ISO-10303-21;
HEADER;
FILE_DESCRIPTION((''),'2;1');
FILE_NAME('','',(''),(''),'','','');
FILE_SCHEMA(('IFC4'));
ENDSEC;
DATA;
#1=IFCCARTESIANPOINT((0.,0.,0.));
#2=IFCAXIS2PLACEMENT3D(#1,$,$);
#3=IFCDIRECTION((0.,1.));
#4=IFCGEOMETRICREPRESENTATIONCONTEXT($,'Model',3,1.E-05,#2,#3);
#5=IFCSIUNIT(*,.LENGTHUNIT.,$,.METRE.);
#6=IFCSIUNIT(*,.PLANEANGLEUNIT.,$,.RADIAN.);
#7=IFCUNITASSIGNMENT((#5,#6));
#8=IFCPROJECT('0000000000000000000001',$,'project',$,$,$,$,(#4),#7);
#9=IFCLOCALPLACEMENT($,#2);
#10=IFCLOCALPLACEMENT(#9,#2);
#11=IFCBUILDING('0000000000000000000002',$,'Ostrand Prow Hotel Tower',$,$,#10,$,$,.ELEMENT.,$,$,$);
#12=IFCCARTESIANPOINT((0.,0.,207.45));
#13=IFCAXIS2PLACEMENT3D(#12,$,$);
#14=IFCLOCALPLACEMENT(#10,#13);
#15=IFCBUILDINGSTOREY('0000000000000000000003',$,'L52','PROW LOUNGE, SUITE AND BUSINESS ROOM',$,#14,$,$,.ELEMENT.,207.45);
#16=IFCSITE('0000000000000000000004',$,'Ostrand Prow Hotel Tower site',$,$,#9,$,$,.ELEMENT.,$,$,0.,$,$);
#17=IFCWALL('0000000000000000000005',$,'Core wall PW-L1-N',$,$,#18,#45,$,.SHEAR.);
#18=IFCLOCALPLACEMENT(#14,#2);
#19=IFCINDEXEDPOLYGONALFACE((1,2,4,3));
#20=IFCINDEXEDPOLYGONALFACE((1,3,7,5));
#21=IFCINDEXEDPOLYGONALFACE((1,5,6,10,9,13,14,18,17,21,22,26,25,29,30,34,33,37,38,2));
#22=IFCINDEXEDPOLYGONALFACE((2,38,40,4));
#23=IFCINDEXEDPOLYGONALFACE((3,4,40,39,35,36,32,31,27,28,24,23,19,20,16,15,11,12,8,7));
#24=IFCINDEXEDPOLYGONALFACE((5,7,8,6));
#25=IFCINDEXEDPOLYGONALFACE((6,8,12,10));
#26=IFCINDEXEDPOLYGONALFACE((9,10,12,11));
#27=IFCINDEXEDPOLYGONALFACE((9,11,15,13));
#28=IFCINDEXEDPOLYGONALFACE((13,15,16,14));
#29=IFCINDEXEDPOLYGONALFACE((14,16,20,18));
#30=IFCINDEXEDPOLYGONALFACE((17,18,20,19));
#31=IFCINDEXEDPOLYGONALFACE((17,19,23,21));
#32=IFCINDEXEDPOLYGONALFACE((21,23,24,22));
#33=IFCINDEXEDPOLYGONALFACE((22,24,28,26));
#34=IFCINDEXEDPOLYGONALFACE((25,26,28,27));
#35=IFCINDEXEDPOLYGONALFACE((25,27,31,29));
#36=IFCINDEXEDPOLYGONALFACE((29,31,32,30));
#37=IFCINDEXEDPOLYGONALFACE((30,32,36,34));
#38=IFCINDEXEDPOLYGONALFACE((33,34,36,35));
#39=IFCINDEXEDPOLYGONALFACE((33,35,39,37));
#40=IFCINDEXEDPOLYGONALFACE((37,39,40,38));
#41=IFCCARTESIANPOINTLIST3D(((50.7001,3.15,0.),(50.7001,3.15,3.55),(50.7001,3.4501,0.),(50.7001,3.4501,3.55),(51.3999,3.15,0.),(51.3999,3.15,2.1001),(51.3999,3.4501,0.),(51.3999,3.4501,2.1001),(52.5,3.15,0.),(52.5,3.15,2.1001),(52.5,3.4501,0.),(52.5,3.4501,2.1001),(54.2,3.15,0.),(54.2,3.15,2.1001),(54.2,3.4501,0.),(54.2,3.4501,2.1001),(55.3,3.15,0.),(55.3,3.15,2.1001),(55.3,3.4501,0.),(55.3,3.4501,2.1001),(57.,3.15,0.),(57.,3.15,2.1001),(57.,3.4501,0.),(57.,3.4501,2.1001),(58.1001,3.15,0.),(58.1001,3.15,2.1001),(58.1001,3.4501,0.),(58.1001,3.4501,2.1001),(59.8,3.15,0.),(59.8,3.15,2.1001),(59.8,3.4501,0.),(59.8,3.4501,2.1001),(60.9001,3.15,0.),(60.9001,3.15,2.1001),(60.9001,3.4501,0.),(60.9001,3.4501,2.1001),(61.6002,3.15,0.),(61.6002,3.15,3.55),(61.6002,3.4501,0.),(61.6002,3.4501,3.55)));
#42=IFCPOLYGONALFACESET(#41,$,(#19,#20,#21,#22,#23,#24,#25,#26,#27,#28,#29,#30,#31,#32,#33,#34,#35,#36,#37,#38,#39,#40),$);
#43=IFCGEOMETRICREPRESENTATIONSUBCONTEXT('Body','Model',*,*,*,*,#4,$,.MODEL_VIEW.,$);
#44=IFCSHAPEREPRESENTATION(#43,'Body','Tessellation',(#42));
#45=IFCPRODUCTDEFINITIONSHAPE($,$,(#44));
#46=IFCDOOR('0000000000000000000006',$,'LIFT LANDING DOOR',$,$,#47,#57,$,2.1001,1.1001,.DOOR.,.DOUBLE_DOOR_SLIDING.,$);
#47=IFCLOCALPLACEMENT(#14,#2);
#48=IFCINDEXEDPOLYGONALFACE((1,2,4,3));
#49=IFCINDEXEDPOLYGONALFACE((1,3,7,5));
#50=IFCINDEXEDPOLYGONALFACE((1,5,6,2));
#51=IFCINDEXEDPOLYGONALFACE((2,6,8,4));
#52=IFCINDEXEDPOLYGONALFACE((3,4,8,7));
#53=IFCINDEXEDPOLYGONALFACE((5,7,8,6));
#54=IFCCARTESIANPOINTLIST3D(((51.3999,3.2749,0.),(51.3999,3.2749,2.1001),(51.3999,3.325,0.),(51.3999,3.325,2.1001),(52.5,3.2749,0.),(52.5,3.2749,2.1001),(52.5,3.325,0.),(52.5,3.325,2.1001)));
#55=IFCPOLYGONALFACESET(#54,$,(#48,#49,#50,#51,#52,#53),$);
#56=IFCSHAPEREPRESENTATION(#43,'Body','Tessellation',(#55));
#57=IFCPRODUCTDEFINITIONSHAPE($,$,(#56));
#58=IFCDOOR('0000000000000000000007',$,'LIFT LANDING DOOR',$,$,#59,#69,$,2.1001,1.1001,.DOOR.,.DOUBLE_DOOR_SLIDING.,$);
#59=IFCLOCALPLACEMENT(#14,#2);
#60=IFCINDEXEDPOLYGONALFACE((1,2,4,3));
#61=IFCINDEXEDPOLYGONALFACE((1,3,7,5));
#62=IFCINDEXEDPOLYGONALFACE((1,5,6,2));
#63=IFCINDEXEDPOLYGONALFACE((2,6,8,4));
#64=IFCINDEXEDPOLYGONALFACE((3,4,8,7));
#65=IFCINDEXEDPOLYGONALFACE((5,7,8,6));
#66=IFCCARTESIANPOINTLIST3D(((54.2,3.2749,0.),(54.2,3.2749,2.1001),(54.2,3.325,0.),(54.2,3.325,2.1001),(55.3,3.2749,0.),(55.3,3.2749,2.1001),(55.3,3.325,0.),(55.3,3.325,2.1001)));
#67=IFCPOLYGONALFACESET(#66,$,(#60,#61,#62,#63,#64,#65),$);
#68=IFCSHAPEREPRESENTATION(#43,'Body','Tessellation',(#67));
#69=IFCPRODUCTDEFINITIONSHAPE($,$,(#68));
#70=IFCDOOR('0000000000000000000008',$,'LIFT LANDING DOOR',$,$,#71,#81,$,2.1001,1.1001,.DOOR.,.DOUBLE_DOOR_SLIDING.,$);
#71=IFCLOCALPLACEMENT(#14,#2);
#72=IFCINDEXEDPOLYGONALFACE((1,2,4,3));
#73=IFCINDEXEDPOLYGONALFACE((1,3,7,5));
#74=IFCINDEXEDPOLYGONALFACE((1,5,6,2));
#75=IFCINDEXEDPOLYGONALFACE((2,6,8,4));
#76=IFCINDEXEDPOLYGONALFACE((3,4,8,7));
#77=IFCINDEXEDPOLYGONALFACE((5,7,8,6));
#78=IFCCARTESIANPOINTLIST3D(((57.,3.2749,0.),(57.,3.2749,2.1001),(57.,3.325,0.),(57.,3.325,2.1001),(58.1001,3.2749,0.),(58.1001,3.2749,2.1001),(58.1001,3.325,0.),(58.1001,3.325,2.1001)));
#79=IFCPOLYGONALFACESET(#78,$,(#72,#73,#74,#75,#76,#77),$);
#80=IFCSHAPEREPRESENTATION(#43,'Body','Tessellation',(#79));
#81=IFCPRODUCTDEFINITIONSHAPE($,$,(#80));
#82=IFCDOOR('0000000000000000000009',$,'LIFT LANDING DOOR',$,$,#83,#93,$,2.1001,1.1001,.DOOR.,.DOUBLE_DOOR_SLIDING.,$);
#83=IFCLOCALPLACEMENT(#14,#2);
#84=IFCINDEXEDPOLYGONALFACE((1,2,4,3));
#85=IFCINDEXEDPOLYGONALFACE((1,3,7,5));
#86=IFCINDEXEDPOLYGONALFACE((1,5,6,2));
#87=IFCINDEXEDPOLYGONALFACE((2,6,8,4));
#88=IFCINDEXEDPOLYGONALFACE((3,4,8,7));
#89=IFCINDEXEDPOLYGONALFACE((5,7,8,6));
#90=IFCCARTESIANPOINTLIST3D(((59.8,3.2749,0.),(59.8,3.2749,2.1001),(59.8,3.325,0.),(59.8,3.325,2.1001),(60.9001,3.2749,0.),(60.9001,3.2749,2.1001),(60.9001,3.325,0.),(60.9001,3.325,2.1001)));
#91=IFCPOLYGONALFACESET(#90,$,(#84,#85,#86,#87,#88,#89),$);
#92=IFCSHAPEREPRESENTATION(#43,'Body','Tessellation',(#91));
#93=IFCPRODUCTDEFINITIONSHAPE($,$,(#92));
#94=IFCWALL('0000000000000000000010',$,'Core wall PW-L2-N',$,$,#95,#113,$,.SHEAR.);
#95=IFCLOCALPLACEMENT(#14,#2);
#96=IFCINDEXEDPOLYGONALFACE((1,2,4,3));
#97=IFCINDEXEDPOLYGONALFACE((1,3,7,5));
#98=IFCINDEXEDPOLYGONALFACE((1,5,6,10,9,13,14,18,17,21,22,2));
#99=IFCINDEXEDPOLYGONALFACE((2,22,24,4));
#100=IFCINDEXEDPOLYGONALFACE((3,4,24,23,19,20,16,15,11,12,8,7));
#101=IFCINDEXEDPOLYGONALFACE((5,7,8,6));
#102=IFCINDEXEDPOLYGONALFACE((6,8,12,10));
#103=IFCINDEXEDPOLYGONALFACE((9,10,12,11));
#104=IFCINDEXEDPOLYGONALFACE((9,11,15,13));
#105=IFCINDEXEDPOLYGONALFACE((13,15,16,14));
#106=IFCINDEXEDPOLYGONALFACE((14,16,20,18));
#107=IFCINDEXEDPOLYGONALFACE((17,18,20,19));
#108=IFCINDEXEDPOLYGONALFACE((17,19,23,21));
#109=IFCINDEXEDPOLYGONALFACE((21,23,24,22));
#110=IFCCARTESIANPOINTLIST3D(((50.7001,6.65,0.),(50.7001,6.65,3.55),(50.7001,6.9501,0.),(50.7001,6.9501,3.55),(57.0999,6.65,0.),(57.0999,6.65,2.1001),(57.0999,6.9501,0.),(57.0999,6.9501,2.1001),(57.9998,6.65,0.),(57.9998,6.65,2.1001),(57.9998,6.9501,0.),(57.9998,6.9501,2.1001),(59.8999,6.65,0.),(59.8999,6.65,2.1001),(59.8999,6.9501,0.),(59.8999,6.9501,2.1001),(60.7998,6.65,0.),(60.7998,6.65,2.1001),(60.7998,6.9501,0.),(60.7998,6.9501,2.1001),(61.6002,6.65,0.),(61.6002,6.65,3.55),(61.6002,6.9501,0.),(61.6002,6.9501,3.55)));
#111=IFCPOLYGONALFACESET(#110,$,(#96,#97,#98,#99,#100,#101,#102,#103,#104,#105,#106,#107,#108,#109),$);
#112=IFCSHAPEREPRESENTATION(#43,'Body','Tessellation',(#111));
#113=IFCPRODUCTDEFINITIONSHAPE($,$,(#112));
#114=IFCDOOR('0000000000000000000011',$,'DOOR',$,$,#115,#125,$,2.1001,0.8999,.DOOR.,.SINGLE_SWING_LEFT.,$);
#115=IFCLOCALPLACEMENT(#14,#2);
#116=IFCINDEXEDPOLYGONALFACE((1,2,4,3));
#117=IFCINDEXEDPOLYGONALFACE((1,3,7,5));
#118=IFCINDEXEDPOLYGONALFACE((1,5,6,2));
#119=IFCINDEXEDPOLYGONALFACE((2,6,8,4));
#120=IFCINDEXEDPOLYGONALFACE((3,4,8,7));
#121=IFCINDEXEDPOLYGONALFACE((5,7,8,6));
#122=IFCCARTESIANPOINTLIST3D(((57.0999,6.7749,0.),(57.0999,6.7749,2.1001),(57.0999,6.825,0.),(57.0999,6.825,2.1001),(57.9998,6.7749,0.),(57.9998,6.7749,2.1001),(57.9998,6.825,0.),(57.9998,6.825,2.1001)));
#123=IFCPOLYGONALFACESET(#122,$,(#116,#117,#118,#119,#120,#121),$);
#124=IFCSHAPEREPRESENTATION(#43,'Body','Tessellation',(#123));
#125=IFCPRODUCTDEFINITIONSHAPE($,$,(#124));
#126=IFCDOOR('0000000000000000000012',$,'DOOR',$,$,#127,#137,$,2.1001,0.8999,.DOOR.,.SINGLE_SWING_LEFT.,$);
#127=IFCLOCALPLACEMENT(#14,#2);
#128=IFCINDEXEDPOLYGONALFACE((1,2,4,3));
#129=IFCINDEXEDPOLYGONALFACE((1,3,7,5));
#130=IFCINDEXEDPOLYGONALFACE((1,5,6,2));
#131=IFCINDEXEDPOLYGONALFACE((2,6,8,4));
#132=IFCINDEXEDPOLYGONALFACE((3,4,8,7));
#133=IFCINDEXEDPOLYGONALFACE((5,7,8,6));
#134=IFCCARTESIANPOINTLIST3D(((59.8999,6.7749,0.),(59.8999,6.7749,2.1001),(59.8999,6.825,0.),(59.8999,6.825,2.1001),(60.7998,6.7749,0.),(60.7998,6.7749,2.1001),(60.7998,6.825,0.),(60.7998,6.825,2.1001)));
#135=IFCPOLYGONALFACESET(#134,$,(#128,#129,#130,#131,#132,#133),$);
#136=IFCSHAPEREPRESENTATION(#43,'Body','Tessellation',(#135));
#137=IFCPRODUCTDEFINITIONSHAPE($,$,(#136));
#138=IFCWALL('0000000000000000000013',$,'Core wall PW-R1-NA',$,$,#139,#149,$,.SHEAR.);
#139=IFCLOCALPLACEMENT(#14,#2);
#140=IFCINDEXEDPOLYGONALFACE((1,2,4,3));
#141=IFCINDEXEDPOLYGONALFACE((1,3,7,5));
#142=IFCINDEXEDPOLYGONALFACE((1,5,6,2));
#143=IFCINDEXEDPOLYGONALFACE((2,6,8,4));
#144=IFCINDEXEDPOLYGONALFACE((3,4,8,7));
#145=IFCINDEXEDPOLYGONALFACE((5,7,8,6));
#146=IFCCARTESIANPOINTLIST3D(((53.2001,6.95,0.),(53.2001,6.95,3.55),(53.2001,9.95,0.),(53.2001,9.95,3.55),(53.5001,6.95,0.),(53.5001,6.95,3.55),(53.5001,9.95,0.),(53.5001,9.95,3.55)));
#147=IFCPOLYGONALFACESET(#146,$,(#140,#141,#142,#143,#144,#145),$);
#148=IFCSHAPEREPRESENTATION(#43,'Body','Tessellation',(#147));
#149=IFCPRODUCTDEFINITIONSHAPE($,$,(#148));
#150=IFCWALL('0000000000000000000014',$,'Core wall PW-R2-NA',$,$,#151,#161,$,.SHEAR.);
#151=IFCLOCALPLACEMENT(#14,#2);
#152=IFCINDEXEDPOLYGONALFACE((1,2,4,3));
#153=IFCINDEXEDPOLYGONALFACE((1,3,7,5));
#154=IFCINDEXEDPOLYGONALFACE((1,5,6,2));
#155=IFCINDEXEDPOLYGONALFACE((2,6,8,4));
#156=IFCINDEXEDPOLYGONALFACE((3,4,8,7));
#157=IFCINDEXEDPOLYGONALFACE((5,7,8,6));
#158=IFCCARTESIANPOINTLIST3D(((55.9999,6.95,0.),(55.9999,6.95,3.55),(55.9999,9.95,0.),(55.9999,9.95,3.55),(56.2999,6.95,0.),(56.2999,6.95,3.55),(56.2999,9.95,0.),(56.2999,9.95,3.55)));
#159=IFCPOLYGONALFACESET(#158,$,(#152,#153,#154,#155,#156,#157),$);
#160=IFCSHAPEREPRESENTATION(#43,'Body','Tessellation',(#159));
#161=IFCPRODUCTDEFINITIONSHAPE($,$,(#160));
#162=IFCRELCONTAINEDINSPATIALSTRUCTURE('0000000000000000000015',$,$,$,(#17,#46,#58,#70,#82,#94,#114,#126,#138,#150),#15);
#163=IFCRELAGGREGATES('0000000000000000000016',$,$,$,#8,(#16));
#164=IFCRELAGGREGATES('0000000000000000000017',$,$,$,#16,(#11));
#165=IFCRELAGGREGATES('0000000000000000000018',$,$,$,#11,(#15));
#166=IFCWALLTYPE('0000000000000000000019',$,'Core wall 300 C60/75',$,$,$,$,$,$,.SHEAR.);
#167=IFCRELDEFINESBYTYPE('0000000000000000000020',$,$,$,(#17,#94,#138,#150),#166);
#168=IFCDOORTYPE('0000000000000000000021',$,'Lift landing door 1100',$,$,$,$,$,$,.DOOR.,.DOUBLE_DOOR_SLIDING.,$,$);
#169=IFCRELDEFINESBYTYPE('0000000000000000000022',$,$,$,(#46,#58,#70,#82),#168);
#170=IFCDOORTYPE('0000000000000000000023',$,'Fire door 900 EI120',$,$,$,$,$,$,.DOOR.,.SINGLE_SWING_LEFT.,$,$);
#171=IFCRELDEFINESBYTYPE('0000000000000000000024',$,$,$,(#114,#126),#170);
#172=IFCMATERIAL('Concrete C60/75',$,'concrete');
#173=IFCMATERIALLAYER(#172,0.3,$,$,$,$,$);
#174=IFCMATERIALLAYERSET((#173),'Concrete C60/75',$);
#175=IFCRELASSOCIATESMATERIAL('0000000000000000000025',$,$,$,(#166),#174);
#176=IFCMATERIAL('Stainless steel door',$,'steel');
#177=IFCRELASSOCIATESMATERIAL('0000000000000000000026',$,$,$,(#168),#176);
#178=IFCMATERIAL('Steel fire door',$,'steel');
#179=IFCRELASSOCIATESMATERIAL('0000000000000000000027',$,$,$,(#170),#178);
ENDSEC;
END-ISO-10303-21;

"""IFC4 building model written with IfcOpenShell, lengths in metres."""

from ifc_helpers import new_model, si_unit, direction, frame, frame_2d, origin, place, context, subcontext, project, spatial, rectangle, extrude, material, layer, layer_set, type_object, element, fill, save


model = new_model("IFC4")

# Units and contexts
model_context = context("Model", 3, precision=1e-05, world=origin(), true_north=direction((0.0, 1.0)))
body_context = subcontext(model_context, "Body", "Model", "MODEL_VIEW")
ifc_project = project(units=[si_unit("LENGTHUNIT", "METRE"), si_unit("PLANEANGLEUNIT", "RADIAN")], contexts=[model_context])

# Site, building, storey
site_placement = place(None, origin())
site = spatial("IfcSite", under=ifc_project, at=site_placement, Name="Ostrand Prow Hotel Tower site", CompositionType="ELEMENT", RefElevation=0.0)
building_placement = place(site_placement, origin())
building = spatial("IfcBuilding", under=site, at=building_placement, Name="Ostrand Prow Hotel Tower", CompositionType="ELEMENT")
storey_placement = place(building_placement, frame((0.0, 0.0, 207.45)))
storey = spatial("IfcBuildingStorey", under=building, at=storey_placement, Name="L52", Description="PROW LOUNGE, SUITE AND BUSINESS ROOM", CompositionType="ELEMENT", Elevation=207.45)

# Walls, openings, doors
ifc_material_1 = material(Name="Concrete C60/75", Category="concrete")
ifc_layer_1 = layer(ifc_material_1, 0.3)
ifc_layer_set_1 = layer_set([ifc_layer_1], Name="Concrete C60/75")
wall_type_1 = type_object("IfcWallType", Name="Core wall 300 C60/75", PredefinedType="SHEAR", material=ifc_layer_set_1)
wall_1_placement = place(storey_placement, frame((50.7, 3.3, 0.0), z_axis=(0.0, 0.0, 1.0), x_axis=(1.0, 0.0, 0.0)))
wall_1 = element("IfcWall", 1, at=wall_1_placement, inside=storey, type_object=wall_type_1, Name="Core wall PW-L1-N", PredefinedType="SHEAR", context=body_context, shape_type="SweptSolid", body=[
    extrude(rectangle(XDim=10.9001, YDim=0.3, at=frame_2d((5.4502, 0.0))), origin(), (0.0, 0.0, 1.0), 3.55),
])
opening_1_placement = place(wall_1_placement, frame((0.7, 0.0, 0.0)))
opening_1 = element("IfcOpeningElement", 2, at=opening_1_placement, cuts=wall_1, PredefinedType="OPENING", context=body_context, shape_type="SweptSolid", body=[
    extrude(rectangle(XDim=1.1001, YDim=2.1001, at=frame_2d((0.55, 1.05))), frame((0.0, 0.1599, 0.0), z_axis=(0.0, -1.0, 0.0), x_axis=(1.0, 0.0, 0.0)), (0.0, 0.0, 1.0), 0.3201),
])
opening_2_placement = place(wall_1_placement, frame((3.5, 0.0, 0.0)))
opening_2 = element("IfcOpeningElement", 3, at=opening_2_placement, cuts=wall_1, PredefinedType="OPENING", context=body_context, shape_type="SweptSolid", body=[
    extrude(rectangle(XDim=1.1001, YDim=2.1001, at=frame_2d((0.55, 1.05))), frame((0.0, 0.1599, 0.0), z_axis=(0.0, -1.0, 0.0), x_axis=(1.0, 0.0, 0.0)), (0.0, 0.0, 1.0), 0.3201),
])
opening_3_placement = place(wall_1_placement, frame((6.3, 0.0, 0.0)))
opening_3 = element("IfcOpeningElement", 4, at=opening_3_placement, cuts=wall_1, PredefinedType="OPENING", context=body_context, shape_type="SweptSolid", body=[
    extrude(rectangle(XDim=1.1001, YDim=2.1001, at=frame_2d((0.55, 1.05))), frame((0.0, 0.1599, 0.0), z_axis=(0.0, -1.0, 0.0), x_axis=(1.0, 0.0, 0.0)), (0.0, 0.0, 1.0), 0.3201),
])
opening_4_placement = place(wall_1_placement, frame((9.1001, 0.0, 0.0)))
opening_4 = element("IfcOpeningElement", 5, at=opening_4_placement, cuts=wall_1, PredefinedType="OPENING", context=body_context, shape_type="SweptSolid", body=[
    extrude(rectangle(XDim=1.1001, YDim=2.1001, at=frame_2d((0.55, 1.05))), frame((0.0, 0.1599, 0.0), z_axis=(0.0, -1.0, 0.0), x_axis=(1.0, 0.0, 0.0)), (0.0, 0.0, 1.0), 0.3201),
])
ifc_material_2 = material(Name="Stainless steel door", Category="steel")
door_type_1 = type_object("IfcDoorType", Name="Lift landing door 1100", OperationType="DOUBLE_DOOR_SLIDING", PredefinedType="DOOR", material=ifc_material_2)
door_1_placement = place(opening_1_placement, origin())
door_1 = element("IfcDoor", 6, at=door_1_placement, inside=storey, type_object=door_type_1, Name="LIFT LANDING DOOR", OperationType="DOUBLE_DOOR_SLIDING", OverallHeight=2.1001, OverallWidth=1.1001, PredefinedType="DOOR", context=body_context, shape_type="SweptSolid", body=[
    extrude(rectangle(XDim=1.1001, YDim=2.1001, at=frame_2d((0.55, 1.05))), frame((0.0, 0.0249, 0.0), z_axis=(0.0, -1.0, 0.0), x_axis=(1.0, 0.0, 0.0)), (0.0, 0.0, 1.0), 0.05),
])
fill(opening_1, door_1)
door_2_placement = place(opening_2_placement, origin())
door_2 = element("IfcDoor", 7, at=door_2_placement, inside=storey, type_object=door_type_1, Name="LIFT LANDING DOOR", OperationType="DOUBLE_DOOR_SLIDING", OverallHeight=2.1001, OverallWidth=1.1001, PredefinedType="DOOR", context=body_context, shape_type="SweptSolid", body=[
    extrude(rectangle(XDim=1.1001, YDim=2.1001, at=frame_2d((0.55, 1.05))), frame((0.0, 0.0249, 0.0), z_axis=(0.0, -1.0, 0.0), x_axis=(1.0, 0.0, 0.0)), (0.0, 0.0, 1.0), 0.05),
])
fill(opening_2, door_2)
door_3_placement = place(opening_3_placement, origin())
door_3 = element("IfcDoor", 8, at=door_3_placement, inside=storey, type_object=door_type_1, Name="LIFT LANDING DOOR", OperationType="DOUBLE_DOOR_SLIDING", OverallHeight=2.1001, OverallWidth=1.1001, PredefinedType="DOOR", context=body_context, shape_type="SweptSolid", body=[
    extrude(rectangle(XDim=1.1001, YDim=2.1001, at=frame_2d((0.55, 1.05))), frame((0.0, 0.0249, 0.0), z_axis=(0.0, -1.0, 0.0), x_axis=(1.0, 0.0, 0.0)), (0.0, 0.0, 1.0), 0.05),
])
fill(opening_3, door_3)
door_4_placement = place(opening_4_placement, origin())
door_4 = element("IfcDoor", 9, at=door_4_placement, inside=storey, type_object=door_type_1, Name="LIFT LANDING DOOR", OperationType="DOUBLE_DOOR_SLIDING", OverallHeight=2.1001, OverallWidth=1.1001, PredefinedType="DOOR", context=body_context, shape_type="SweptSolid", body=[
    extrude(rectangle(XDim=1.1001, YDim=2.1001, at=frame_2d((0.55, 1.05))), frame((0.0, 0.0249, 0.0), z_axis=(0.0, -1.0, 0.0), x_axis=(1.0, 0.0, 0.0)), (0.0, 0.0, 1.0), 0.05),
])
fill(opening_4, door_4)
wall_2_placement = place(storey_placement, frame((50.7, 6.8, 0.0), z_axis=(0.0, 0.0, 1.0), x_axis=(1.0, 0.0, 0.0)))
wall_2 = element("IfcWall", 10, at=wall_2_placement, inside=storey, type_object=wall_type_1, Name="Core wall PW-L2-N", PredefinedType="SHEAR", context=body_context, shape_type="SweptSolid", body=[
    extrude(rectangle(XDim=10.9001, YDim=0.3, at=frame_2d((5.4502, 0.0))), origin(), (0.0, 0.0, 1.0), 3.55),
])
opening_5_placement = place(wall_2_placement, frame((6.3999, 0.0, 0.0)))
opening_5 = element("IfcOpeningElement", 11, at=opening_5_placement, cuts=wall_2, PredefinedType="OPENING", context=body_context, shape_type="SweptSolid", body=[
    extrude(rectangle(XDim=0.8999, YDim=2.1001, at=frame_2d((0.45, 1.05))), frame((0.0, 0.1599, 0.0), z_axis=(0.0, -1.0, 0.0), x_axis=(1.0, 0.0, 0.0)), (0.0, 0.0, 1.0), 0.3201),
])
opening_6_placement = place(wall_2_placement, frame((9.2, 0.0, 0.0)))
opening_6 = element("IfcOpeningElement", 12, at=opening_6_placement, cuts=wall_2, PredefinedType="OPENING", context=body_context, shape_type="SweptSolid", body=[
    extrude(rectangle(XDim=0.8999, YDim=2.1001, at=frame_2d((0.45, 1.05))), frame((0.0, 0.1599, 0.0), z_axis=(0.0, -1.0, 0.0), x_axis=(1.0, 0.0, 0.0)), (0.0, 0.0, 1.0), 0.3201),
])
ifc_material_3 = material(Name="Steel fire door", Category="steel")
door_type_2 = type_object("IfcDoorType", Name="Fire door 900 EI120", OperationType="SINGLE_SWING_LEFT", PredefinedType="DOOR", material=ifc_material_3)
door_5_placement = place(opening_5_placement, origin())
door_5 = element("IfcDoor", 13, at=door_5_placement, inside=storey, type_object=door_type_2, Name="DOOR", OperationType="SINGLE_SWING_LEFT", OverallHeight=2.1001, OverallWidth=0.8999, PredefinedType="DOOR", context=body_context, shape_type="SweptSolid", body=[
    extrude(rectangle(XDim=0.8999, YDim=2.1001, at=frame_2d((0.45, 1.05))), frame((0.0, 0.0249, 0.0), z_axis=(0.0, -1.0, 0.0), x_axis=(1.0, 0.0, 0.0)), (0.0, 0.0, 1.0), 0.05),
])
fill(opening_5, door_5)
door_6_placement = place(opening_6_placement, origin())
door_6 = element("IfcDoor", 14, at=door_6_placement, inside=storey, type_object=door_type_2, Name="DOOR", OperationType="SINGLE_SWING_LEFT", OverallHeight=2.1001, OverallWidth=0.8999, PredefinedType="DOOR", context=body_context, shape_type="SweptSolid", body=[
    extrude(rectangle(XDim=0.8999, YDim=2.1001, at=frame_2d((0.45, 1.05))), frame((0.0, 0.0249, 0.0), z_axis=(0.0, -1.0, 0.0), x_axis=(1.0, 0.0, 0.0)), (0.0, 0.0, 1.0), 0.05),
])
fill(opening_6, door_6)

# Walls
for number, where, z_axis, x_axis, name in (
    (15, (53.3501, 6.95, 0.0), (0.0, 0.0, 1.0), (0.0, 1.0, 0.0), "Core wall PW-R1-NA"),
    (16, (56.1499, 6.95, 0.0), (0.0, 0.0, 1.0), (0.0, 1.0, 0.0), "Core wall PW-R2-NA"),
):
    element("IfcWall", number, at=place(storey_placement, frame(where, z_axis=z_axis, x_axis=x_axis)), inside=storey, type_object=wall_type_1, Name=name, PredefinedType="SHEAR", context=body_context, shape_type="SweptSolid", body=[
        extrude(rectangle(XDim=3.0, YDim=0.3, at=frame_2d((1.5, 0.0))), origin(), (0.0, 0.0, 1.0), 3.55),
    ])

save(model, "model.ifc")
